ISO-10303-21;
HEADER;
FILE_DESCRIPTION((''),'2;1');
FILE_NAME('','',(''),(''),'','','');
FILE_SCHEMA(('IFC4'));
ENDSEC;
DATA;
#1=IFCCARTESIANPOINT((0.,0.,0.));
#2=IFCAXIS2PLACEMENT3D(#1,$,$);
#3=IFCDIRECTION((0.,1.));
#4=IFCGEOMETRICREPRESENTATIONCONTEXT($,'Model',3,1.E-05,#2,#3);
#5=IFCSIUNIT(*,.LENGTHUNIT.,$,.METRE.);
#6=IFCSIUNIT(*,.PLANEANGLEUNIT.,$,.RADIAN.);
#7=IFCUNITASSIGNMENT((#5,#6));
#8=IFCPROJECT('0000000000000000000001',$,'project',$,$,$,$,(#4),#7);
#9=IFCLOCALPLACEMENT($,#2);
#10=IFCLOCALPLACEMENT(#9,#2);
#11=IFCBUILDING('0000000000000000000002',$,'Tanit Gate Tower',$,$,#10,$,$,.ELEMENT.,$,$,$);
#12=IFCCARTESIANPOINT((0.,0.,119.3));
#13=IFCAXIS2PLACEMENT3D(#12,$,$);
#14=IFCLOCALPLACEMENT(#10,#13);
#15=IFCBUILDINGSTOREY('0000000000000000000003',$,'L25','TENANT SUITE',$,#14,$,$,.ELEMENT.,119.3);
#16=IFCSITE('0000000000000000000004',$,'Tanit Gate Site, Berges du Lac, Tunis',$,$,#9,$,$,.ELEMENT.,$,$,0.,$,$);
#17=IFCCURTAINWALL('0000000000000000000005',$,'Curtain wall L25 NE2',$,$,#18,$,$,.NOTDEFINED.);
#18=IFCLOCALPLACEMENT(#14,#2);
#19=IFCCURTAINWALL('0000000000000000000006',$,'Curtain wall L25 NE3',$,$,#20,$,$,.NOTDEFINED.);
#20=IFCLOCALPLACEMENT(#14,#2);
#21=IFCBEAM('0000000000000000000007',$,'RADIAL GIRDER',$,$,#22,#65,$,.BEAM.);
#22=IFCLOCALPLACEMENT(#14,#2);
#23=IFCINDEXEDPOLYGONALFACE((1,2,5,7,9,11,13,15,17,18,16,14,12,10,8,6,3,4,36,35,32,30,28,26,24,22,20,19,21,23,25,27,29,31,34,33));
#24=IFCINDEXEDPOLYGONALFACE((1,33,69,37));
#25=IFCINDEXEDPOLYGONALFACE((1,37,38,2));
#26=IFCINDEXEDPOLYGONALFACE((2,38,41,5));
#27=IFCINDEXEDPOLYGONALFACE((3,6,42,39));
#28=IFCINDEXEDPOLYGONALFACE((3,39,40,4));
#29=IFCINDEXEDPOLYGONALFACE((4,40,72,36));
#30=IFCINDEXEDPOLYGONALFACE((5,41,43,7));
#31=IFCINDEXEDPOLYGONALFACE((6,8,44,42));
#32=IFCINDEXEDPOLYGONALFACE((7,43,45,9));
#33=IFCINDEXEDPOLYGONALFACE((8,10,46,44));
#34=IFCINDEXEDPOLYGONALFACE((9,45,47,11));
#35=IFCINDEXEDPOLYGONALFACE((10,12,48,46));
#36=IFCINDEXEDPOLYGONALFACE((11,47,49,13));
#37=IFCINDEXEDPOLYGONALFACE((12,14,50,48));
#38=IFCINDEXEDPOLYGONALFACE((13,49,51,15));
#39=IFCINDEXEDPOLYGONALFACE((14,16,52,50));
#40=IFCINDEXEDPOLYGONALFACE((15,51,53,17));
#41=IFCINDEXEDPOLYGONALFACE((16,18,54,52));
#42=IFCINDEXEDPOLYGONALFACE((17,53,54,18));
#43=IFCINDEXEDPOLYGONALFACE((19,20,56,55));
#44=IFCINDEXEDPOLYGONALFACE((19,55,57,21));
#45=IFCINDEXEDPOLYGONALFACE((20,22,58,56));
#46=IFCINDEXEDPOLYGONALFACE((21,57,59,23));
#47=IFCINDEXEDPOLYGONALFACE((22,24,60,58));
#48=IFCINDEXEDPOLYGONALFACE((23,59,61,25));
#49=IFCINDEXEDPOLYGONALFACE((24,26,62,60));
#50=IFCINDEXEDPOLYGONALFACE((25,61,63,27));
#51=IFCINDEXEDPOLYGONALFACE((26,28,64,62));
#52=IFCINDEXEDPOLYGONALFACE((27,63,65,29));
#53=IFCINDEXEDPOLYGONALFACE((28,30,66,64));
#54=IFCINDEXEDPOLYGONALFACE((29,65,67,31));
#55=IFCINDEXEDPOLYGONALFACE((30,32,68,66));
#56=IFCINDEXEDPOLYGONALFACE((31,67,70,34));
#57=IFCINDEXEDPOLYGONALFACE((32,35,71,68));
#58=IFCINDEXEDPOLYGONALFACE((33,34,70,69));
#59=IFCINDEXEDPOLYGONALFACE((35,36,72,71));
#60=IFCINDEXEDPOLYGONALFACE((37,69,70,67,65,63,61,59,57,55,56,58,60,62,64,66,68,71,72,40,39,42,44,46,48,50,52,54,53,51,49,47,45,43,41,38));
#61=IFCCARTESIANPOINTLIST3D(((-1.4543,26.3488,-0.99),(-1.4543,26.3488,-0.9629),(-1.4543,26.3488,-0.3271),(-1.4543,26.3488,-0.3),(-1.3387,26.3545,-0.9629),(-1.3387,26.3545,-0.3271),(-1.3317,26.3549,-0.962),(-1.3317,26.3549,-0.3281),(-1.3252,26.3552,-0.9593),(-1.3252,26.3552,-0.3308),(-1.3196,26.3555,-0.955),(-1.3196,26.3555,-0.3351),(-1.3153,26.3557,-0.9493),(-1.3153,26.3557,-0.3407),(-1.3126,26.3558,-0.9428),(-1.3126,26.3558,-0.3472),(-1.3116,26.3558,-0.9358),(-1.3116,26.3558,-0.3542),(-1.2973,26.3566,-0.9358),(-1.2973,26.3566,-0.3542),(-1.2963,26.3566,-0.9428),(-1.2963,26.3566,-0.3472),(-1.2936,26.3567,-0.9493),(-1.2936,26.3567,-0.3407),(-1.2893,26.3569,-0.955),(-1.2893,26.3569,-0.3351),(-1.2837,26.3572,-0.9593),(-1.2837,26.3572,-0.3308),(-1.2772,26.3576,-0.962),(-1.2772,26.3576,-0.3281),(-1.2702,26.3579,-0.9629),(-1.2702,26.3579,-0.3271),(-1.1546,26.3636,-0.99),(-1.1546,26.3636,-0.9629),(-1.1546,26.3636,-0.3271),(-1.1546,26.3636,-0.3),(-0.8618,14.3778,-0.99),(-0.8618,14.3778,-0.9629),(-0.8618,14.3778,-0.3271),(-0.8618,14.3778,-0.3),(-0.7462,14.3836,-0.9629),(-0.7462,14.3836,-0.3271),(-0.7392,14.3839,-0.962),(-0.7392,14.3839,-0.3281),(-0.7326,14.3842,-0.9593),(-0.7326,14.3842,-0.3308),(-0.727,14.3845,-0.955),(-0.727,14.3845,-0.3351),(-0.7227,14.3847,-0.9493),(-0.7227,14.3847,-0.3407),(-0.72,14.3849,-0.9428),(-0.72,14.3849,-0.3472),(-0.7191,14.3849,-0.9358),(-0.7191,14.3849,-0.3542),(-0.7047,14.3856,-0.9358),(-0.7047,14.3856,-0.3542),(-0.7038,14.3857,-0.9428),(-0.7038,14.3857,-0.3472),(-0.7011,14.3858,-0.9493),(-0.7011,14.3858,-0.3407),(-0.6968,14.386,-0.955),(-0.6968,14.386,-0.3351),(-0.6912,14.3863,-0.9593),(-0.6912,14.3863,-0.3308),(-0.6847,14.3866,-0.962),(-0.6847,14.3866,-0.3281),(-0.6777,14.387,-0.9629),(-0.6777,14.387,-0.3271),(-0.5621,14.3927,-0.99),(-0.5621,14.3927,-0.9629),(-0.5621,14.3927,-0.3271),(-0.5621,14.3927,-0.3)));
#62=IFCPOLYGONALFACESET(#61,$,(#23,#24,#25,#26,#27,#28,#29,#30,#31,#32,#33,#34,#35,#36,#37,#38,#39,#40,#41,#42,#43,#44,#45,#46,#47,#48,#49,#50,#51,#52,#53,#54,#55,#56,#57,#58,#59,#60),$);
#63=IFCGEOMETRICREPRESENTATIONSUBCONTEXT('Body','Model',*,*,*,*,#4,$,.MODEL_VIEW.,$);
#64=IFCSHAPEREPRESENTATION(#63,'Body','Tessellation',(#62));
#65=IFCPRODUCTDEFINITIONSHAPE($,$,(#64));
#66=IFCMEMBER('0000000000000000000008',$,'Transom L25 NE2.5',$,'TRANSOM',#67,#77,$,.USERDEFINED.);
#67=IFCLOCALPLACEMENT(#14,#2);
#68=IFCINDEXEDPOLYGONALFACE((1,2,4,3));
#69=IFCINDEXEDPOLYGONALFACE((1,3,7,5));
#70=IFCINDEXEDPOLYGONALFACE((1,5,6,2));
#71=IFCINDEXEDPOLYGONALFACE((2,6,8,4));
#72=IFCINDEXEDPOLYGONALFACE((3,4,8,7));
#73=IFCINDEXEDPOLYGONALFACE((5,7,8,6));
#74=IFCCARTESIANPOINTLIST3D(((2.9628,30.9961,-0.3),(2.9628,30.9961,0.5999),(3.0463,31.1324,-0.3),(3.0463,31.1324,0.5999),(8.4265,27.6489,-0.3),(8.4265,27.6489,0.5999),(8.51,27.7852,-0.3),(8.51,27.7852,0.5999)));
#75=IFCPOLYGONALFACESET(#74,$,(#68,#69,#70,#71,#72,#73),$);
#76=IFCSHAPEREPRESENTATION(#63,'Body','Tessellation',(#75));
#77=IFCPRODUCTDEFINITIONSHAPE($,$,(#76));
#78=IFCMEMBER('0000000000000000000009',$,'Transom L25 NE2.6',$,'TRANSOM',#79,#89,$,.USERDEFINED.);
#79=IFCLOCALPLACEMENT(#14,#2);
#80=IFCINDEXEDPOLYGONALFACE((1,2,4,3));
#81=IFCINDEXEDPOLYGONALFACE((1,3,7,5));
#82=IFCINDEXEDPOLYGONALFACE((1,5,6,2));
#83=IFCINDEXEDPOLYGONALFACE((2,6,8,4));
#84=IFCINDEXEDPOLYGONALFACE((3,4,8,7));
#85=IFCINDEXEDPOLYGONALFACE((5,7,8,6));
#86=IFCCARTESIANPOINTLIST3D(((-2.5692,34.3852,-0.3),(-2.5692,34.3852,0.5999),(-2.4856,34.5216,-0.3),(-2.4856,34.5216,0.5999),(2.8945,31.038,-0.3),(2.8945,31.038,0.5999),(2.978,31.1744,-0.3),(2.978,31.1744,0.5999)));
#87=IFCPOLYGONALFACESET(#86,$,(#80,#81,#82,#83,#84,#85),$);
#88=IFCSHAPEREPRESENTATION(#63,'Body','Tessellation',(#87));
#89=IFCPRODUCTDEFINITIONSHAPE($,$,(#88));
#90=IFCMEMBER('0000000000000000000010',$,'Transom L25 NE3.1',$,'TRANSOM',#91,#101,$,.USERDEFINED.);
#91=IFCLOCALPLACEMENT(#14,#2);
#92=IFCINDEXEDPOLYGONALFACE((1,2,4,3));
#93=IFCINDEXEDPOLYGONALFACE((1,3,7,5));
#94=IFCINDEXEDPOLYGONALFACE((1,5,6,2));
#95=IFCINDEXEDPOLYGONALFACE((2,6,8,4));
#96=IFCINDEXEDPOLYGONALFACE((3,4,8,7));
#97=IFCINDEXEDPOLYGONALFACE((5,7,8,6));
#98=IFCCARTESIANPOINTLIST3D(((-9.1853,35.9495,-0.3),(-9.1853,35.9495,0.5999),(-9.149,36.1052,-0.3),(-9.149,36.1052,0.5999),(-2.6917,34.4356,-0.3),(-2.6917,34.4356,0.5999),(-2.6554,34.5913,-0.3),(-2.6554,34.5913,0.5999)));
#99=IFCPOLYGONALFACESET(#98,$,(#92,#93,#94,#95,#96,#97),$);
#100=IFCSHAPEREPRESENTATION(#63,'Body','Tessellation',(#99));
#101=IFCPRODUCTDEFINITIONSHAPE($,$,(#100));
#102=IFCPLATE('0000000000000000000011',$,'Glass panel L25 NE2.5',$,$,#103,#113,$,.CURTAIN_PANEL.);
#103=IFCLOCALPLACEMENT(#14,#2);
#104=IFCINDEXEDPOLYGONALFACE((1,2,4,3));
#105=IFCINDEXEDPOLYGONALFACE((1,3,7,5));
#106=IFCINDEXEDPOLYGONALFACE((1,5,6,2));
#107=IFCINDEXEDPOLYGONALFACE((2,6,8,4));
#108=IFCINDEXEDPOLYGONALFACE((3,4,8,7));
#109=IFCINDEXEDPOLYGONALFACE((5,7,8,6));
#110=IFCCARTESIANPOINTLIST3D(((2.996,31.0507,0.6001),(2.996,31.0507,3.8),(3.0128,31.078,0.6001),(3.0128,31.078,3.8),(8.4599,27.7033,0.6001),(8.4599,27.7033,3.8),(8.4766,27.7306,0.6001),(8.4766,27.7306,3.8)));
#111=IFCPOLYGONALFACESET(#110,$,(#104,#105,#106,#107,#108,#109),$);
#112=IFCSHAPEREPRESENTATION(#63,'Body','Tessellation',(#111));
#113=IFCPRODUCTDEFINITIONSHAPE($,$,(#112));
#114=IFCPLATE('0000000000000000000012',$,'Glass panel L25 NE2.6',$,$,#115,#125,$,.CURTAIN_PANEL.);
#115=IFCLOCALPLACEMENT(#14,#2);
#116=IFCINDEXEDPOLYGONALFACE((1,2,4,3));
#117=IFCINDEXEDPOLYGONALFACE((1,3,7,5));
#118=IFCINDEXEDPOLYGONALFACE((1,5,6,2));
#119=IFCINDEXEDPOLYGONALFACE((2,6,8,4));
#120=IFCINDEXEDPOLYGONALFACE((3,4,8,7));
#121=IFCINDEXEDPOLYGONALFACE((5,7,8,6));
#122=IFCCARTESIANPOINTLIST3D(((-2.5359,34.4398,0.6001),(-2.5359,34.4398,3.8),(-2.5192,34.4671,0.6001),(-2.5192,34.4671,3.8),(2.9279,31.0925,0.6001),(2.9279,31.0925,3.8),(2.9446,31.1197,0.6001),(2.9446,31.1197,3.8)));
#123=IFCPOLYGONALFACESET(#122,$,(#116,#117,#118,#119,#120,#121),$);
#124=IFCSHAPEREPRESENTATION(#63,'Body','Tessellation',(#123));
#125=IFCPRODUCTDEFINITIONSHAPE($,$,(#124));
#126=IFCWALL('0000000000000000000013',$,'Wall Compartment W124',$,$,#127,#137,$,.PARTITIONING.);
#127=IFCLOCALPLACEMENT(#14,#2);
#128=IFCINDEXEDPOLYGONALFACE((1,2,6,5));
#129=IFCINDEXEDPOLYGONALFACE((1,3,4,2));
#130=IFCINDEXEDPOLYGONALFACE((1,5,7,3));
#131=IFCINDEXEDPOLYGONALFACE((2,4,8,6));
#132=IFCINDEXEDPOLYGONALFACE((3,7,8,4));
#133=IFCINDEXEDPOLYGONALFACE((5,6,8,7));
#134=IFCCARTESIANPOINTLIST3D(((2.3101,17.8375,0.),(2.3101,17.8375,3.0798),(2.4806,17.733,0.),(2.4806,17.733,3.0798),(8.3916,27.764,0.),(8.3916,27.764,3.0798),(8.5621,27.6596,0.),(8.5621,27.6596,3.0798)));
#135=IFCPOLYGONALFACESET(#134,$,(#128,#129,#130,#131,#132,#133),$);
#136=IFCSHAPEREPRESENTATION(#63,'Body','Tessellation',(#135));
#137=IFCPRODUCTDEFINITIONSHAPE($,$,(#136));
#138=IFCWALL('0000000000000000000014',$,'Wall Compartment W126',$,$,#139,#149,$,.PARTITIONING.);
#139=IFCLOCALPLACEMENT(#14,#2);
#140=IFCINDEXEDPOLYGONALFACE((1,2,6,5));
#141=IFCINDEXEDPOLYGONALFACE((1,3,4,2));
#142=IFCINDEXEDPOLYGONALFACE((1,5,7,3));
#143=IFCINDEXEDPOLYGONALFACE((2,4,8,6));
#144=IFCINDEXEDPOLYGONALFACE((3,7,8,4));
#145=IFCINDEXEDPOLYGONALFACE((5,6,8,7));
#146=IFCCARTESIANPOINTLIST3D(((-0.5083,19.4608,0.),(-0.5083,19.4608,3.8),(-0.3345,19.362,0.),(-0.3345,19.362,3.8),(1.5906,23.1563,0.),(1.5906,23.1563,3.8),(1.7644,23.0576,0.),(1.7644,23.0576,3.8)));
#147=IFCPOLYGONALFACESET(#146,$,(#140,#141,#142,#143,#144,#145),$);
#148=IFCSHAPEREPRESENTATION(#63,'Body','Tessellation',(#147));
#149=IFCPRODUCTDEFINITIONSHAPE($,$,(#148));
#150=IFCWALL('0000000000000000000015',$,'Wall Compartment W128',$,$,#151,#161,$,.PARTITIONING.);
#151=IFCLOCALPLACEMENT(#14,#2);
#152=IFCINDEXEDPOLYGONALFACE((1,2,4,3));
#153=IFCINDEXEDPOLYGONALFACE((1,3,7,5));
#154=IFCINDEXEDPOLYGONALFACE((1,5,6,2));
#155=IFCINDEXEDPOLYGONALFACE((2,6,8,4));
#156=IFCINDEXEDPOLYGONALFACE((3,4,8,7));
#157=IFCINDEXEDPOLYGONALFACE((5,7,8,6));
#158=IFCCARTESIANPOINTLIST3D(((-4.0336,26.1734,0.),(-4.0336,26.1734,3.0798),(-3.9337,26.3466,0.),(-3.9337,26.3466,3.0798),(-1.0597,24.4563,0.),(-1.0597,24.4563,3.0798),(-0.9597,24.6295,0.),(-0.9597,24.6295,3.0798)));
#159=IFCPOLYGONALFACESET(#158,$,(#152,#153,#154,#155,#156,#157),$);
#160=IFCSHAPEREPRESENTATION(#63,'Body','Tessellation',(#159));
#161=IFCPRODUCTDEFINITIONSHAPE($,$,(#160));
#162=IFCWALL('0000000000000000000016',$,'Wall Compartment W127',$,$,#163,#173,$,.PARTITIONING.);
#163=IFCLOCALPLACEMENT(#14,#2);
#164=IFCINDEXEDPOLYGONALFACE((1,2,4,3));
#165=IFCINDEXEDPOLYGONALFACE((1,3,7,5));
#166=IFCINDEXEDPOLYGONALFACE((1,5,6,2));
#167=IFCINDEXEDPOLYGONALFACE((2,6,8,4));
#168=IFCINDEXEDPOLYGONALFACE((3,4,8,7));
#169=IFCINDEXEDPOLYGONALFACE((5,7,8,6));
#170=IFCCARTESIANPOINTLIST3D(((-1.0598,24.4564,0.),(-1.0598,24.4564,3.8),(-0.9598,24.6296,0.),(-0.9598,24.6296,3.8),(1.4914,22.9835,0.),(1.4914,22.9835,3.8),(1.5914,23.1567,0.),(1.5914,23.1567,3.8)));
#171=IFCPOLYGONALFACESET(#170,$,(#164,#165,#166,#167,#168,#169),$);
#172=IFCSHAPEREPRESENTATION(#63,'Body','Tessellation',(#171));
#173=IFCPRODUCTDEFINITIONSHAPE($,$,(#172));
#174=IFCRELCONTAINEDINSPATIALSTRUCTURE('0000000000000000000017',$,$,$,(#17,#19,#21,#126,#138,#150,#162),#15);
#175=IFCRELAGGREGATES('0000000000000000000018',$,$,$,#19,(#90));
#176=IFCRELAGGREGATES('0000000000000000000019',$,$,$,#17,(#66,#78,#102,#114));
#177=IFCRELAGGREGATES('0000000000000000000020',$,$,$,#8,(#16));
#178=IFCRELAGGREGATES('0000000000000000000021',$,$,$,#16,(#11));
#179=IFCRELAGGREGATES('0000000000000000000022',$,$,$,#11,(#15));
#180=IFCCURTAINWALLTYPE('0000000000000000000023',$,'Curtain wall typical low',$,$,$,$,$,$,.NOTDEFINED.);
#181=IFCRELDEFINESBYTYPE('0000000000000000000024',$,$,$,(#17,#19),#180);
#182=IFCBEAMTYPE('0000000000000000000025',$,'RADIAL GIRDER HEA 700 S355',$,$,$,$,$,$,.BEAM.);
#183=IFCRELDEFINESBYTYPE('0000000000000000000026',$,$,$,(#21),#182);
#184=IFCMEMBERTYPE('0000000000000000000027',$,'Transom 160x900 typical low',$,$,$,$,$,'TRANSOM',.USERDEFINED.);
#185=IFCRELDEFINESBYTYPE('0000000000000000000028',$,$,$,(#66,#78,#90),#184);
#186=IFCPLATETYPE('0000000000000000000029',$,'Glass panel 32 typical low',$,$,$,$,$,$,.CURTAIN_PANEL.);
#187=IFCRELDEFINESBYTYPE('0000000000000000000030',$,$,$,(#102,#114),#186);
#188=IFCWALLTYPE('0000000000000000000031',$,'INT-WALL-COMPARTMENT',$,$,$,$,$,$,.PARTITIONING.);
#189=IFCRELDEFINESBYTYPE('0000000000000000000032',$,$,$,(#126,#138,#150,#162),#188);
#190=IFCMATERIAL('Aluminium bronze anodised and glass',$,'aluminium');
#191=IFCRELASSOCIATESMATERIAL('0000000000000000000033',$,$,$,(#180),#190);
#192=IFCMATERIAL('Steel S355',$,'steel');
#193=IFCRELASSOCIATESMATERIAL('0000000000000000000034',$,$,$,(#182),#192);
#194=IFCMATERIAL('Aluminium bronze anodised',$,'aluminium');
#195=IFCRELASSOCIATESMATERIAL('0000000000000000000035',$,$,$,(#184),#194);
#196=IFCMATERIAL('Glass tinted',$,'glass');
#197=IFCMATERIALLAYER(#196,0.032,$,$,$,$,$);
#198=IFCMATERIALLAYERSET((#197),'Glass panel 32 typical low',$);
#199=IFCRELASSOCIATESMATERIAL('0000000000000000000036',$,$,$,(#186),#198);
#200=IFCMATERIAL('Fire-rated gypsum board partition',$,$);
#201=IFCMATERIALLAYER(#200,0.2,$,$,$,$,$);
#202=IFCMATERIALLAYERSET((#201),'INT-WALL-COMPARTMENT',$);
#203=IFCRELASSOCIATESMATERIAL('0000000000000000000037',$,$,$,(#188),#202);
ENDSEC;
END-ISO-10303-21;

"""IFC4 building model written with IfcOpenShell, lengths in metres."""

from ifc_helpers import new_model, si_unit, direction, frame, frame_2d, origin, origin_2d, place, context, subcontext, project, spatial, rectangle, i_section, extrude, material, layer, layer_set, material_profile, profile_set, type_object, element, aggregate, save


model = new_model("IFC4")

# Units and contexts
model_context = context("Model", 3, precision=1e-05, world=origin(), true_north=direction((0.0, 1.0)))
body_context = subcontext(model_context, "Body", "Model", "MODEL_VIEW")
ifc_project = project(units=[si_unit("LENGTHUNIT", "METRE"), si_unit("PLANEANGLEUNIT", "RADIAN")], contexts=[model_context])

# Site, building, storey
site_placement = place(None, origin())
site = spatial("IfcSite", under=ifc_project, at=site_placement, Name="Tanit Gate Site, Berges du Lac, Tunis", CompositionType="ELEMENT", RefElevation=0.0)
building_placement = place(site_placement, origin())
building = spatial("IfcBuilding", under=site, at=building_placement, Name="Tanit Gate Tower", CompositionType="ELEMENT")
storey_placement = place(building_placement, frame((0.0, 0.0, 119.3)))
storey = spatial("IfcBuildingStorey", under=building, at=storey_placement, Name="L25", Description="TENANT SUITE", CompositionType="ELEMENT", Elevation=119.3)

# Curtain wall
ifc_material_1 = material(Name="Aluminium bronze anodised and glass", Category="aluminium")
curtain_wall_type = type_object("IfcCurtainWallType", Name="Curtain wall typical low", PredefinedType="NOTDEFINED", material=ifc_material_1)
curtain_wall_1_placement = place(storey_placement, origin())
curtain_wall_1 = element("IfcCurtainWall", 1, at=curtain_wall_1_placement, inside=storey, type_object=curtain_wall_type, Name="Curtain wall L25 NE2", PredefinedType="NOTDEFINED")

# Curtain wall
curtain_wall_2_placement = place(storey_placement, origin())
curtain_wall_2 = element("IfcCurtainWall", 2, at=curtain_wall_2_placement, inside=storey, type_object=curtain_wall_type, Name="Curtain wall L25 NE3", PredefinedType="NOTDEFINED")

# Beam
ifc_material_2 = material(Name="Steel S355", Category="steel")
ifc_material_profile_1 = material_profile(ifc_material_2, i_section(OverallWidth=0.3, OverallDepth=0.6899, WebThickness=0.0144, FlangeThickness=0.0271, FilletRadius=0.0271, at=origin_2d()), Name="HEA 700")
ifc_profile_set_1 = profile_set([ifc_material_profile_1], Name="Steel S355")
beam_type = type_object("IfcBeamType", Name="RADIAL GIRDER HEA 700 S355", PredefinedType="BEAM", material=ifc_profile_set_1)
beam_1_placement = place(storey_placement, frame((-1.3044, 26.3562, -0.645), z_axis=(0.049437, -0.998777, 0.0), x_axis=(0.998777, 0.049437, 0.0)))
element("IfcBeam", 3, at=beam_1_placement, inside=storey, type_object=beam_type, Name="RADIAL GIRDER", PredefinedType="BEAM", context=body_context, shape_type="SweptSolid", body=[
    extrude(i_section(OverallWidth=0.3, OverallDepth=0.6899, WebThickness=0.0144, FlangeThickness=0.0271, FilletRadius=0.0271, at=origin_2d()), origin(), (0.0, 0.0, 1.0), 11.9856),
])

# Members
ifc_material_3 = material(Name="Aluminium bronze anodised", Category="aluminium")
ifc_material_profile_2 = material_profile(ifc_material_3, rectangle(XDim=0.1599, YDim=0.8999, at=origin_2d()), Name="160x900 bronze transom")
ifc_profile_set_2 = profile_set([ifc_material_profile_2], Name="Aluminium bronze anodised")
member_type_1 = type_object("IfcMemberType", Name="Transom 160x900 typical low", ElementType="TRANSOM", PredefinedType="USERDEFINED", material=ifc_profile_set_2)
member_1_placement = place(storey_placement, frame((8.4683, 27.717, 0.1499), z_axis=(-0.852706, 0.522391, 0.0), x_axis=(-0.522391, -0.852706, 0.0)))
member_1 = element("IfcMember", 4, at=member_1_placement, type_object=member_type_1, Name="Transom L25 NE2.5", ObjectType="TRANSOM", PredefinedType="USERDEFINED", context=body_context, shape_type="SweptSolid", body=[
    extrude(rectangle(XDim=0.1599, YDim=0.8999, at=origin_2d()), origin(), (0.0, 0.0, 1.0), 6.4075),
])
member_2_placement = place(storey_placement, frame((2.9363, 31.1062, 0.1499), z_axis=(-0.852706, 0.522391, 0.0), x_axis=(-0.522391, -0.852706, 0.0)))
member_2 = element("IfcMember", 5, at=member_2_placement, type_object=member_type_1, Name="Transom L25 NE2.6", ObjectType="TRANSOM", PredefinedType="USERDEFINED", context=body_context, shape_type="SweptSolid", body=[
    extrude(rectangle(XDim=0.1599, YDim=0.8999, at=origin_2d()), origin(), (0.0, 0.0, 1.0), 6.4075),
])
member_3_placement = place(storey_placement, frame((-2.6736, 34.5134, 0.1499), z_axis=(-0.973883, 0.227049, 0.0), x_axis=(-0.227049, -0.973883, 0.0)))
member_3 = element("IfcMember", 6, at=member_3_placement, type_object=member_type_1, Name="Transom L25 NE3.1", ObjectType="TRANSOM", PredefinedType="USERDEFINED", context=body_context, shape_type="SweptSolid", body=[
    extrude(rectangle(XDim=0.1599, YDim=0.8999, at=origin_2d()), origin(), (0.0, 0.0, 1.0), 6.6677),
])
aggregate(curtain_wall_2, [member_3])

# Plates
ifc_material_4 = material(Name="Glass tinted", Category="glass")
ifc_layer_1 = layer(ifc_material_4, 0.032)
ifc_layer_set_1 = layer_set([ifc_layer_1], Name="Glass panel 32 typical low")
plate_type = type_object("IfcPlateType", Name="Glass panel 32 typical low", PredefinedType="CURTAIN_PANEL", material=ifc_layer_set_1)
plate_1_placement = place(storey_placement, frame((5.7363, 29.3906, 0.6001), z_axis=(0.0, 0.0, 1.0), x_axis=(-0.8527, 0.522401, 0.0)))
plate_1 = element("IfcPlate", 7, at=plate_1_placement, type_object=plate_type, Name="Glass panel L25 NE2.5", PredefinedType="CURTAIN_PANEL", context=body_context, shape_type="SweptSolid", body=[
    extrude(rectangle(XDim=6.4077, YDim=0.032, at=origin_2d()), origin(), (0.0, 0.0, 1.0), 3.2),
])
plate_2_placement = place(storey_placement, frame((0.2043, 32.7798, 0.6001), z_axis=(0.0, 0.0, 1.0), x_axis=(-0.8527, 0.522401, 0.0)))
plate_2 = element("IfcPlate", 8, at=plate_2_placement, type_object=plate_type, Name="Glass panel L25 NE2.6", PredefinedType="CURTAIN_PANEL", context=body_context, shape_type="SweptSolid", body=[
    extrude(rectangle(XDim=6.4077, YDim=0.032, at=origin_2d()), origin(), (0.0, 0.0, 1.0), 3.2),
])
aggregate(curtain_wall_1, [member_1, member_2, plate_1, plate_2])

# Walls
ifc_material_5 = material(Name="Fire-rated gypsum board partition")
ifc_layer_2 = layer(ifc_material_5, 0.2)
ifc_layer_set_2 = layer_set([ifc_layer_2], Name="INT-WALL-COMPARTMENT")
wall_type_1 = type_object("IfcWallType", Name="INT-WALL-COMPARTMENT", PredefinedType="PARTITIONING", material=ifc_layer_set_2)
wall_1_placement = place(storey_placement, frame((2.3953, 17.7852, 0.0), z_axis=(0.0, 0.0, 1.0), x_axis=(0.522409, 0.852695, 0.0)))
element("IfcWall", 9, at=wall_1_placement, inside=storey, type_object=wall_type_1, Name="Wall Compartment W124", PredefinedType="PARTITIONING", context=body_context, shape_type="SweptSolid", body=[
    extrude(rectangle(XDim=11.6414, YDim=0.2, at=frame_2d((5.8208, 0.0))), origin(), (0.0, 0.0, 1.0), 3.0798),
])
wall_2_placement = place(storey_placement, frame((-0.4214, 19.4114, 0.0), z_axis=(0.0, 0.0, 1.0), x_axis=(0.493854, 0.869545, 0.0)))
element("IfcWall", 10, at=wall_2_placement, inside=storey, type_object=wall_type_1, Name="Wall Compartment W126", PredefinedType="PARTITIONING", context=body_context, shape_type="SweptSolid", body=[
    extrude(rectangle(XDim=4.25, YDim=0.2, at=frame_2d((2.125, 0.0))), origin(), (0.0, 0.0, 1.0), 3.8),
])
wall_3_placement = place(storey_placement, frame((-3.9836, 26.26, 0.0), z_axis=(0.0, 0.0, 1.0), x_axis=(0.866016, -0.500016, 0.0)))
element("IfcWall", 11, at=wall_3_placement, inside=storey, type_object=wall_type_1, Name="Wall Compartment W128", PredefinedType="PARTITIONING", context=body_context, shape_type="SweptSolid", body=[
    extrude(rectangle(XDim=3.4341, YDim=0.2, at=frame_2d((1.717, 0.0))), origin(), (0.0, 0.0, 1.0), 3.0798),
])
wall_4_placement = place(storey_placement, frame((-1.0098, 24.543, 0.0), z_axis=(0.0, 0.0, 1.0), x_axis=(0.866037, -0.499981, 0.0)))
element("IfcWall", 12, at=wall_4_placement, inside=storey, type_object=wall_type_1, Name="Wall Compartment W127", PredefinedType="PARTITIONING", context=body_context, shape_type="SweptSolid", body=[
    extrude(rectangle(XDim=2.9458, YDim=0.2, at=frame_2d((1.4729, 0.0))), origin(), (0.0, 0.0, 1.0), 3.8),
])

save(model, "model.ifc")
